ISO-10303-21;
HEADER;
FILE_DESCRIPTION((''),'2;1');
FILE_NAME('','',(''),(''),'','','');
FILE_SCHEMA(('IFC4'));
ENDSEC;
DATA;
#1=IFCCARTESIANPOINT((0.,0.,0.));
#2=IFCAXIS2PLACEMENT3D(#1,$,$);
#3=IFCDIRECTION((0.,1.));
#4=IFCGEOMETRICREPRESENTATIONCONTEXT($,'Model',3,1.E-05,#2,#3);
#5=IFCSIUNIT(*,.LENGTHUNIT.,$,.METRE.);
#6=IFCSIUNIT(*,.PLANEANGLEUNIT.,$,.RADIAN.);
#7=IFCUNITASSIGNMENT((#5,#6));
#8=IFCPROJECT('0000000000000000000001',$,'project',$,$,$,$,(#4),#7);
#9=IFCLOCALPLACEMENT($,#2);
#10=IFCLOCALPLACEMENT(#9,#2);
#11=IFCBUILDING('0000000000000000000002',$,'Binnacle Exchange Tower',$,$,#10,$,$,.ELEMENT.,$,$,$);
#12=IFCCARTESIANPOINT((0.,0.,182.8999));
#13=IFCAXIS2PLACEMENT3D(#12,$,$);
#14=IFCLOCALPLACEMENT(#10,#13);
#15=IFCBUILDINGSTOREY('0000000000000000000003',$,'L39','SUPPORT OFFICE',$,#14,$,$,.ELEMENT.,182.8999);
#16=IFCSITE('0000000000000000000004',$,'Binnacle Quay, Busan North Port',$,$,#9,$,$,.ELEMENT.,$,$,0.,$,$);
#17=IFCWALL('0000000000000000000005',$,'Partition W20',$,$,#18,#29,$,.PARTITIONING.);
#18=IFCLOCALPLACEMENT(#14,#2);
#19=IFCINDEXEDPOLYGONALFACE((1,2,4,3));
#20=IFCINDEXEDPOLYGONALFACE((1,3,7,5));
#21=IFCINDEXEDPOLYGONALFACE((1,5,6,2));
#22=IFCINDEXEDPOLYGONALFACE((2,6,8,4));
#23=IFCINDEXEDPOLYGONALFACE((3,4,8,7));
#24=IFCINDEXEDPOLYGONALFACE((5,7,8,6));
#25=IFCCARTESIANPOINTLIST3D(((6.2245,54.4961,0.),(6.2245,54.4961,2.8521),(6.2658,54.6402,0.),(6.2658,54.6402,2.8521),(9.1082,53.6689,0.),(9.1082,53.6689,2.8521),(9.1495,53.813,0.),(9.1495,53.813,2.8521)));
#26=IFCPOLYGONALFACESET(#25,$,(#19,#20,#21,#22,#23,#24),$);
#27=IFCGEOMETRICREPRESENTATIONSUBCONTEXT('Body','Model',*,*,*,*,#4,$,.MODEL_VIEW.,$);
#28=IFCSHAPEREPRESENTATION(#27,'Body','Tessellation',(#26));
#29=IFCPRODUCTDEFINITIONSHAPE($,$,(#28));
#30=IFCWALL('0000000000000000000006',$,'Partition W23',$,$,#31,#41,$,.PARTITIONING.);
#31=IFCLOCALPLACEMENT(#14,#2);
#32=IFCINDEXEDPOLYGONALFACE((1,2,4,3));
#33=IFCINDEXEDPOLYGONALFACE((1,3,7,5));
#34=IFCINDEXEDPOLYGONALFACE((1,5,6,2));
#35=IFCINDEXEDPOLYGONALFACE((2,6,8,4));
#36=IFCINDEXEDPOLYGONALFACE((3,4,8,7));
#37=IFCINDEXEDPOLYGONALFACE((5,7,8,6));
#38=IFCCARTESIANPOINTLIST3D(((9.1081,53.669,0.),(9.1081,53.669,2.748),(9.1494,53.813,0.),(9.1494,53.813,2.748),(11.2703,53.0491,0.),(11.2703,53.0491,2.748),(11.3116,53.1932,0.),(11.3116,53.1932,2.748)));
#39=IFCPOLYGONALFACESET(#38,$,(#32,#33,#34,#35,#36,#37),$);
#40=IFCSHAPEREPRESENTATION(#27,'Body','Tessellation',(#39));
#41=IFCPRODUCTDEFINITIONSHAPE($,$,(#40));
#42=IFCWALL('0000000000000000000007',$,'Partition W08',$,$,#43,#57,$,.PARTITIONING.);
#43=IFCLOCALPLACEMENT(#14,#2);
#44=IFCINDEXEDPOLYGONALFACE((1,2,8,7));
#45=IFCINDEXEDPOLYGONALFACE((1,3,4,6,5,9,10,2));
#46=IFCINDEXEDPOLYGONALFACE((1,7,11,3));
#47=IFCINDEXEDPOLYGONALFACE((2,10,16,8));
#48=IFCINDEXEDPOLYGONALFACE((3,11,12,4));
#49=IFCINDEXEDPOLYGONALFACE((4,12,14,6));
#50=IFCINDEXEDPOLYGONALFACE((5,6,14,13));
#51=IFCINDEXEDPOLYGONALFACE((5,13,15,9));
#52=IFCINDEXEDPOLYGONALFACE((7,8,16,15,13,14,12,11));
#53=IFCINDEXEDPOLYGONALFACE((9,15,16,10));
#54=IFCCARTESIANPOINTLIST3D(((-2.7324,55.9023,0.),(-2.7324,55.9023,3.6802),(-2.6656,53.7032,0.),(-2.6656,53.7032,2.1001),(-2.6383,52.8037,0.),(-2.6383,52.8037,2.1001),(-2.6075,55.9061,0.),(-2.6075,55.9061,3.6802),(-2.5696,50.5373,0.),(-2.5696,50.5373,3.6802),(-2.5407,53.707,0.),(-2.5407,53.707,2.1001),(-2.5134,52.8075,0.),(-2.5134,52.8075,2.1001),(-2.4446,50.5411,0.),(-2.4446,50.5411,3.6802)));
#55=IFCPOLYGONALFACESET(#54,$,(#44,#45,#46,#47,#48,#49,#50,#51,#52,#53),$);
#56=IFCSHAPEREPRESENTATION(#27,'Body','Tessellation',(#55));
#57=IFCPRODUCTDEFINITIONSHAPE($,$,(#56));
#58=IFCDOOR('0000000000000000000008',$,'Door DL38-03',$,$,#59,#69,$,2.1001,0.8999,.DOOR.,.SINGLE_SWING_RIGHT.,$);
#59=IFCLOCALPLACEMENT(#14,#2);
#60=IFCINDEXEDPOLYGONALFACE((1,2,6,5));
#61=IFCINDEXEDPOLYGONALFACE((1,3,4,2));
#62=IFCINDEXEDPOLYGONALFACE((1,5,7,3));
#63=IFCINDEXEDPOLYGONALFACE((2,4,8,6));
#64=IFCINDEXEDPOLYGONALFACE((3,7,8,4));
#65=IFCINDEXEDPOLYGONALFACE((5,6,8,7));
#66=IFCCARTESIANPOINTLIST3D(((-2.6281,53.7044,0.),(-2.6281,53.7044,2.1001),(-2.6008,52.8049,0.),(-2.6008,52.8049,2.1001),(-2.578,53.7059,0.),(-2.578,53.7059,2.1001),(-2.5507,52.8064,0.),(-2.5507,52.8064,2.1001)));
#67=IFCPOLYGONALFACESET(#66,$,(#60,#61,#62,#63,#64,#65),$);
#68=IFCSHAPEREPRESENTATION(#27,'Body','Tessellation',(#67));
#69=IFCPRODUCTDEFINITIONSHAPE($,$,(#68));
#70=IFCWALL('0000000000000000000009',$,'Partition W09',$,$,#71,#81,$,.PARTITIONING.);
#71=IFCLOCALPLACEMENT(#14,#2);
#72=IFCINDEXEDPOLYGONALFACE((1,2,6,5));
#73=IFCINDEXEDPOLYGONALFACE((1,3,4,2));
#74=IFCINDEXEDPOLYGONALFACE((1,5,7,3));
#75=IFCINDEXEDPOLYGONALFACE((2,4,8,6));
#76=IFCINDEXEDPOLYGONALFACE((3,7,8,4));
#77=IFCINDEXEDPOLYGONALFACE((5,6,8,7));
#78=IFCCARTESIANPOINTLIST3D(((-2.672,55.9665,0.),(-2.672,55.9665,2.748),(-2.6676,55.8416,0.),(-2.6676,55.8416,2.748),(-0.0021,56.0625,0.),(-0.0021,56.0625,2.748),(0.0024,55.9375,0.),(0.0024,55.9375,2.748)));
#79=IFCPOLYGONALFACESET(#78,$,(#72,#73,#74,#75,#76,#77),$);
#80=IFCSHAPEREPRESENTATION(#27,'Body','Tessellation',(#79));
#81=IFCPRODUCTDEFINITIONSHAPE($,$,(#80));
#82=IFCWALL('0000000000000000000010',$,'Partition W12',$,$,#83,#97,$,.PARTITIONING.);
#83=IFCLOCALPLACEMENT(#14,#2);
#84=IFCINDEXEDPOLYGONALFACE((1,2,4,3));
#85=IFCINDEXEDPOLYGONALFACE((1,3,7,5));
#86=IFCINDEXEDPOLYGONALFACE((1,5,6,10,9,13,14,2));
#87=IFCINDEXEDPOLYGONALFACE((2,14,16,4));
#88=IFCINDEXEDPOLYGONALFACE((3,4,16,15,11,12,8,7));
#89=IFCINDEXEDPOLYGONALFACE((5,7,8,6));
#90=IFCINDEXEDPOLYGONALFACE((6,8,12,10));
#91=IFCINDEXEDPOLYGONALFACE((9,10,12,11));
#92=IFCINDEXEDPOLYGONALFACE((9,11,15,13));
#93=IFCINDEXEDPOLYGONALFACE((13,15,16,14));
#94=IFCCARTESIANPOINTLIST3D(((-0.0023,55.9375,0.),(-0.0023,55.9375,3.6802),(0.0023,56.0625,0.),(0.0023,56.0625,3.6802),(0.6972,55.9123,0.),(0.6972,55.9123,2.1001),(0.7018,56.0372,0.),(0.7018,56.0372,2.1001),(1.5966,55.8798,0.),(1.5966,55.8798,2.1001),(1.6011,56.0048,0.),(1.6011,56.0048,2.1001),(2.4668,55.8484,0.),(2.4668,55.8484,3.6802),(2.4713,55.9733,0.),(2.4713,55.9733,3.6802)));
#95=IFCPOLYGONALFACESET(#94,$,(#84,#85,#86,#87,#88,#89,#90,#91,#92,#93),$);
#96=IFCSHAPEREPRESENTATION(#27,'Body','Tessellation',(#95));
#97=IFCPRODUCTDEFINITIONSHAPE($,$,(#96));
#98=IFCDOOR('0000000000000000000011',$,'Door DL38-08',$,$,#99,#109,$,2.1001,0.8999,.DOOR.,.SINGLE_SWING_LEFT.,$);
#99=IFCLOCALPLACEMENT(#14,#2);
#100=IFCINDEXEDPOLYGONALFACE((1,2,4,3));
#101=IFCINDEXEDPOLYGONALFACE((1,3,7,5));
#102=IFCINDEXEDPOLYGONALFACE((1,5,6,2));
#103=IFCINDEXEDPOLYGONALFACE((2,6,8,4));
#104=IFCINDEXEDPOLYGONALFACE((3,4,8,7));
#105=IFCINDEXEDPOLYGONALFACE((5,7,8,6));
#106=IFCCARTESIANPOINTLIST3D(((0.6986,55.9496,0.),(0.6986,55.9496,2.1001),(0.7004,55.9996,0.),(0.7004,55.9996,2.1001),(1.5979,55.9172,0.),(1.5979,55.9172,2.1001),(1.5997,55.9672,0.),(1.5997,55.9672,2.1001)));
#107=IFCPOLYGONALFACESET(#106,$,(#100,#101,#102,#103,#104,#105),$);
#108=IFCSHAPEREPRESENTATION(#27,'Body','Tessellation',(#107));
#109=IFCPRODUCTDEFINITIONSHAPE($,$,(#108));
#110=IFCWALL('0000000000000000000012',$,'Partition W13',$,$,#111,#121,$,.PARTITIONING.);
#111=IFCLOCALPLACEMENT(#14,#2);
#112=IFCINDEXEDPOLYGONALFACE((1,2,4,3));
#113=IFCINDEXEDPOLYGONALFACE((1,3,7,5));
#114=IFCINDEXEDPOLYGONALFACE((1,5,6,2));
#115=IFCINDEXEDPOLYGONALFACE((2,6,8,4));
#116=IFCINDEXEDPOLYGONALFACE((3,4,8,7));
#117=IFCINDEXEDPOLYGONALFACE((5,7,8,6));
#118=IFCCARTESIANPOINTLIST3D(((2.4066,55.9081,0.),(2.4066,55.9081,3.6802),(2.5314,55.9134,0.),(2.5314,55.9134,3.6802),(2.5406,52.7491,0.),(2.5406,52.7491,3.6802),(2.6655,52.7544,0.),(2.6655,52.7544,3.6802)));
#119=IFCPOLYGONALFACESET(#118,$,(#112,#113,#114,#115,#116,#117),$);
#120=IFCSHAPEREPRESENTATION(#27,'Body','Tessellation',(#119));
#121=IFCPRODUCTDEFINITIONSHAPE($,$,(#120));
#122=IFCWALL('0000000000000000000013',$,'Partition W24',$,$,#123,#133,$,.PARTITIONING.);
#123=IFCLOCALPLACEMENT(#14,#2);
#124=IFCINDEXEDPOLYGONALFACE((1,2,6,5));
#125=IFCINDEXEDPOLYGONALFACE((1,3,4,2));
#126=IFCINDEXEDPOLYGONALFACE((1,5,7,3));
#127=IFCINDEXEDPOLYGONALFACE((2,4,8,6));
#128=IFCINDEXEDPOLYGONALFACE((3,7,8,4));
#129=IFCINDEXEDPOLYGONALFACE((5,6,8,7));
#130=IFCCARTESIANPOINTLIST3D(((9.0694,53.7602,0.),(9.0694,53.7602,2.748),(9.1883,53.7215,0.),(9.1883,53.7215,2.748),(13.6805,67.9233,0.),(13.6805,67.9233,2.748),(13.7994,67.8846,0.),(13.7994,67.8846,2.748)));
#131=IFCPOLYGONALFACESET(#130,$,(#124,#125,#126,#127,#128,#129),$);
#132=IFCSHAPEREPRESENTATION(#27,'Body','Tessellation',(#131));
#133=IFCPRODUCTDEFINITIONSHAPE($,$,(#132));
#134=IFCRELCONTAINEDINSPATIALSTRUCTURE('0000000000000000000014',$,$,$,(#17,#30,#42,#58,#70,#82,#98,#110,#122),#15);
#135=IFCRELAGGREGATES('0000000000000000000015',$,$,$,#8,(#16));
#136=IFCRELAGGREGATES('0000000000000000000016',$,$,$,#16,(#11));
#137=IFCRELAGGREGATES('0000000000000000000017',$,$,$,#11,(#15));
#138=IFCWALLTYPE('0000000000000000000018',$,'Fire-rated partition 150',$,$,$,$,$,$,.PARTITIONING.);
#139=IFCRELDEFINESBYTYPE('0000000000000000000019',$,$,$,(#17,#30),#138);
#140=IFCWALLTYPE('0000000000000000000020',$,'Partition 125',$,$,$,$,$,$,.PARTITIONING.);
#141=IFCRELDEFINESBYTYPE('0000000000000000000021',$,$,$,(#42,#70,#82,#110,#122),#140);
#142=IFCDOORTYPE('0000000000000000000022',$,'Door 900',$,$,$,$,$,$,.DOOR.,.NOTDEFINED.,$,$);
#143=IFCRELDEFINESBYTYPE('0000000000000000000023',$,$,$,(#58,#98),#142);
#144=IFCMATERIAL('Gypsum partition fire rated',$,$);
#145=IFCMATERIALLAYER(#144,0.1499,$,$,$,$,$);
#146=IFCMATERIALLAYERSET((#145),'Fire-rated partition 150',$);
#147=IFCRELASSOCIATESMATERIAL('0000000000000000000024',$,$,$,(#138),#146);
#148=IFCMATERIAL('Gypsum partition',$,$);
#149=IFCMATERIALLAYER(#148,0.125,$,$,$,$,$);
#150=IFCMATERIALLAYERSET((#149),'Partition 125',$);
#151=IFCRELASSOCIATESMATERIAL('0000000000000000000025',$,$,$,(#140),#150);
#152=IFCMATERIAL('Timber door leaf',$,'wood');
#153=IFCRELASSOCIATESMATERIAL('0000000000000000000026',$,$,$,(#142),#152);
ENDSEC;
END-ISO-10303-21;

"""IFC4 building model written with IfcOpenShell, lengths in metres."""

from ifc_helpers import new_model, si_unit, direction, frame, frame_2d, origin, place, context, subcontext, project, spatial, rectangle, extrude, material, layer, layer_set, type_object, element, fill, save


model = new_model("IFC4")

# Units and contexts
model_context = context("Model", 3, precision=1e-05, world=origin(), true_north=direction((0.0, 1.0)))
body_context = subcontext(model_context, "Body", "Model", "MODEL_VIEW")
ifc_project = project(units=[si_unit("LENGTHUNIT", "METRE"), si_unit("PLANEANGLEUNIT", "RADIAN")], contexts=[model_context])

# Site, building, storey
site_placement = place(None, origin())
site = spatial("IfcSite", under=ifc_project, at=site_placement, Name="Binnacle Quay, Busan North Port", CompositionType="ELEMENT", RefElevation=0.0)
building_placement = place(site_placement, origin())
building = spatial("IfcBuilding", under=site, at=building_placement, Name="Binnacle Exchange Tower", CompositionType="ELEMENT")
storey_placement = place(building_placement, frame((0.0, 0.0, 182.8999)))
storey = spatial("IfcBuildingStorey", under=building, at=storey_placement, Name="L39", Description="SUPPORT OFFICE", CompositionType="ELEMENT", Elevation=182.8999)

# Shared definitions
ifc_material_1 = material(Name="Gypsum partition fire rated")
ifc_layer_1 = layer(ifc_material_1, 0.1499)
ifc_layer_set_1 = layer_set([ifc_layer_1], Name="Fire-rated partition 150")
wall_type_1 = type_object("IfcWallType", Name="Fire-rated partition 150", PredefinedType="PARTITIONING", material=ifc_layer_set_1)

# Walls
wall_1_placement = place(storey_placement, frame((6.2451, 54.5681, 0.0), z_axis=(0.0, 0.0, 1.0), x_axis=(0.961241, -0.27571, 0.0)))
element("IfcWall", 1, at=wall_1_placement, inside=storey, type_object=wall_type_1, Name="Partition W20", PredefinedType="PARTITIONING", context=body_context, shape_type="SweptSolid", body=[
    extrude(rectangle(XDim=3.0, YDim=0.1499, at=frame_2d((1.5, 0.0))), origin(), (0.0, 0.0, 1.0), 2.8521),
])
wall_2_placement = place(storey_placement, frame((9.1289, 53.741, 0.0), z_axis=(0.0, 0.0, 1.0), x_axis=(0.961274, -0.275596, 0.0)))
element("IfcWall", 2, at=wall_2_placement, inside=storey, type_object=wall_type_1, Name="Partition W23", PredefinedType="PARTITIONING", context=body_context, shape_type="SweptSolid", body=[
    extrude(rectangle(XDim=2.2493, YDim=0.1499, at=frame_2d((1.1245, 0.0))), origin(), (0.0, 0.0, 1.0), 2.748),
])

# Wall, opening, door
ifc_material_2 = material(Name="Gypsum partition")
ifc_layer_2 = layer(ifc_material_2, 0.125)
ifc_layer_set_2 = layer_set([ifc_layer_2], Name="Partition 125")
wall_type_2 = type_object("IfcWallType", Name="Partition 125", PredefinedType="PARTITIONING", material=ifc_layer_set_2)
wall_3_placement = place(storey_placement, frame((-2.6699, 55.9041, 0.0), z_axis=(0.0, 0.0, 1.0), x_axis=(0.030339, -0.99954, 0.0)))
wall_3 = element("IfcWall", 3, at=wall_3_placement, inside=storey, type_object=wall_type_2, Name="Partition W08", PredefinedType="PARTITIONING", context=body_context, shape_type="SweptSolid", body=[
    extrude(rectangle(XDim=5.3674, YDim=0.125, at=frame_2d((2.6836, 0.0))), origin(), (0.0, 0.0, 1.0), 3.6802),
])
opening_1_placement = place(wall_3_placement, frame((2.2, 0.0, 0.0)))
opening_1 = element("IfcOpeningElement", 4, at=opening_1_placement, cuts=wall_3, PredefinedType="OPENING", context=body_context, shape_type="SweptSolid", body=[
    extrude(rectangle(XDim=0.8999, YDim=2.1001, at=frame_2d((0.45, 1.05))), frame((0.0, 0.0725, 0.0), z_axis=(0.0, -1.0, 0.0), x_axis=(1.0, 0.0, 0.0)), (0.0, 0.0, 1.0), 0.145),
])
ifc_material_3 = material(Name="Timber door leaf", Category="wood")
door_type_1 = type_object("IfcDoorType", Name="Door 900", OperationType="NOTDEFINED", PredefinedType="DOOR", material=ifc_material_3)
door_1_placement = place(opening_1_placement, frame((0.8999, 0.0, 0.0), z_axis=(0.0, 0.0, 1.0), x_axis=(-1.0, 0.0, 0.0)))
door_1 = element("IfcDoor", 5, at=door_1_placement, inside=storey, type_object=door_type_1, Name="Door DL38-03", OperationType="SINGLE_SWING_RIGHT", OverallHeight=2.1001, OverallWidth=0.8999, PredefinedType="DOOR", context=body_context, shape_type="SweptSolid", body=[
    extrude(rectangle(XDim=0.8999, YDim=2.1001, at=frame_2d((0.45, 1.05))), frame((0.0, 0.0249, 0.0), z_axis=(0.0, -1.0, 0.0), x_axis=(1.0, 0.0, 0.0)), (0.0, 0.0, 1.0), 0.05),
])
fill(opening_1, door_1)

# Wall
wall_4_placement = place(storey_placement, frame((-2.6699, 55.9041, 0.0), z_axis=(0.0, 0.0, 1.0), x_axis=(0.999355, 0.035913, 0.0)))
element("IfcWall", 6, at=wall_4_placement, inside=storey, type_object=wall_type_2, Name="Partition W09", PredefinedType="PARTITIONING", context=body_context, shape_type="SweptSolid", body=[
    extrude(rectangle(XDim=2.6716, YDim=0.125, at=frame_2d((1.3359, 0.0))), origin(), (0.0, 0.0, 1.0), 2.748),
])

# Wall, opening, door
wall_5_placement = place(storey_placement, frame((0.0, 56.0, 0.0), z_axis=(0.0, 0.0, 1.0), x_axis=(0.999349, -0.036069, 0.0)))
wall_5 = element("IfcWall", 7, at=wall_5_placement, inside=storey, type_object=wall_type_2, Name="Partition W12", PredefinedType="PARTITIONING", context=body_context, shape_type="SweptSolid", body=[
    extrude(rectangle(XDim=2.4707, YDim=0.125, at=frame_2d((1.2354, 0.0))), origin(), (0.0, 0.0, 1.0), 3.6802),
])
opening_2_placement = place(wall_5_placement, frame((0.7, 0.0, 0.0)))
opening_2 = element("IfcOpeningElement", 8, at=opening_2_placement, cuts=wall_5, PredefinedType="OPENING", context=body_context, shape_type="SweptSolid", body=[
    extrude(rectangle(XDim=0.8999, YDim=2.1001, at=frame_2d((0.45, 1.05))), frame((0.0, 0.0725, 0.0), z_axis=(0.0, -1.0, 0.0), x_axis=(1.0, 0.0, 0.0)), (0.0, 0.0, 1.0), 0.145),
])
door_2_placement = place(opening_2_placement, origin())
door_2 = element("IfcDoor", 9, at=door_2_placement, inside=storey, type_object=door_type_1, Name="Door DL38-08", OperationType="SINGLE_SWING_LEFT", OverallHeight=2.1001, OverallWidth=0.8999, PredefinedType="DOOR", context=body_context, shape_type="SweptSolid", body=[
    extrude(rectangle(XDim=0.8999, YDim=2.1001, at=frame_2d((0.45, 1.05))), frame((0.0, 0.0249, 0.0), z_axis=(0.0, -1.0, 0.0), x_axis=(1.0, 0.0, 0.0)), (0.0, 0.0, 1.0), 0.05),
])
fill(opening_2, door_2)

# Walls
wall_6_placement = place(storey_placement, frame((2.469, 55.9109, 0.0), z_axis=(0.0, 0.0, 1.0), x_axis=(0.042392, -0.999101, 0.0)))
element("IfcWall", 10, at=wall_6_placement, inside=storey, type_object=wall_type_2, Name="Partition W13", PredefinedType="PARTITIONING", context=body_context, shape_type="SweptSolid", body=[
    extrude(rectangle(XDim=3.1619, YDim=0.125, at=frame_2d((1.5811, 0.0))), origin(), (0.0, 0.0, 1.0), 3.6802),
])
wall_7_placement = place(storey_placement, frame((9.1289, 53.741, 0.0), z_axis=(0.0, 0.0, 1.0), x_axis=(0.309577, 0.950874, 0.0)))
element("IfcWall", 11, at=wall_7_placement, inside=storey, type_object=wall_type_2, Name="Partition W24", PredefinedType="PARTITIONING", context=body_context, shape_type="SweptSolid", body=[
    extrude(rectangle(XDim=14.8948, YDim=0.125, at=frame_2d((7.4473, 0.0))), origin(), (0.0, 0.0, 1.0), 2.748),
])

save(model, "model.ifc")
